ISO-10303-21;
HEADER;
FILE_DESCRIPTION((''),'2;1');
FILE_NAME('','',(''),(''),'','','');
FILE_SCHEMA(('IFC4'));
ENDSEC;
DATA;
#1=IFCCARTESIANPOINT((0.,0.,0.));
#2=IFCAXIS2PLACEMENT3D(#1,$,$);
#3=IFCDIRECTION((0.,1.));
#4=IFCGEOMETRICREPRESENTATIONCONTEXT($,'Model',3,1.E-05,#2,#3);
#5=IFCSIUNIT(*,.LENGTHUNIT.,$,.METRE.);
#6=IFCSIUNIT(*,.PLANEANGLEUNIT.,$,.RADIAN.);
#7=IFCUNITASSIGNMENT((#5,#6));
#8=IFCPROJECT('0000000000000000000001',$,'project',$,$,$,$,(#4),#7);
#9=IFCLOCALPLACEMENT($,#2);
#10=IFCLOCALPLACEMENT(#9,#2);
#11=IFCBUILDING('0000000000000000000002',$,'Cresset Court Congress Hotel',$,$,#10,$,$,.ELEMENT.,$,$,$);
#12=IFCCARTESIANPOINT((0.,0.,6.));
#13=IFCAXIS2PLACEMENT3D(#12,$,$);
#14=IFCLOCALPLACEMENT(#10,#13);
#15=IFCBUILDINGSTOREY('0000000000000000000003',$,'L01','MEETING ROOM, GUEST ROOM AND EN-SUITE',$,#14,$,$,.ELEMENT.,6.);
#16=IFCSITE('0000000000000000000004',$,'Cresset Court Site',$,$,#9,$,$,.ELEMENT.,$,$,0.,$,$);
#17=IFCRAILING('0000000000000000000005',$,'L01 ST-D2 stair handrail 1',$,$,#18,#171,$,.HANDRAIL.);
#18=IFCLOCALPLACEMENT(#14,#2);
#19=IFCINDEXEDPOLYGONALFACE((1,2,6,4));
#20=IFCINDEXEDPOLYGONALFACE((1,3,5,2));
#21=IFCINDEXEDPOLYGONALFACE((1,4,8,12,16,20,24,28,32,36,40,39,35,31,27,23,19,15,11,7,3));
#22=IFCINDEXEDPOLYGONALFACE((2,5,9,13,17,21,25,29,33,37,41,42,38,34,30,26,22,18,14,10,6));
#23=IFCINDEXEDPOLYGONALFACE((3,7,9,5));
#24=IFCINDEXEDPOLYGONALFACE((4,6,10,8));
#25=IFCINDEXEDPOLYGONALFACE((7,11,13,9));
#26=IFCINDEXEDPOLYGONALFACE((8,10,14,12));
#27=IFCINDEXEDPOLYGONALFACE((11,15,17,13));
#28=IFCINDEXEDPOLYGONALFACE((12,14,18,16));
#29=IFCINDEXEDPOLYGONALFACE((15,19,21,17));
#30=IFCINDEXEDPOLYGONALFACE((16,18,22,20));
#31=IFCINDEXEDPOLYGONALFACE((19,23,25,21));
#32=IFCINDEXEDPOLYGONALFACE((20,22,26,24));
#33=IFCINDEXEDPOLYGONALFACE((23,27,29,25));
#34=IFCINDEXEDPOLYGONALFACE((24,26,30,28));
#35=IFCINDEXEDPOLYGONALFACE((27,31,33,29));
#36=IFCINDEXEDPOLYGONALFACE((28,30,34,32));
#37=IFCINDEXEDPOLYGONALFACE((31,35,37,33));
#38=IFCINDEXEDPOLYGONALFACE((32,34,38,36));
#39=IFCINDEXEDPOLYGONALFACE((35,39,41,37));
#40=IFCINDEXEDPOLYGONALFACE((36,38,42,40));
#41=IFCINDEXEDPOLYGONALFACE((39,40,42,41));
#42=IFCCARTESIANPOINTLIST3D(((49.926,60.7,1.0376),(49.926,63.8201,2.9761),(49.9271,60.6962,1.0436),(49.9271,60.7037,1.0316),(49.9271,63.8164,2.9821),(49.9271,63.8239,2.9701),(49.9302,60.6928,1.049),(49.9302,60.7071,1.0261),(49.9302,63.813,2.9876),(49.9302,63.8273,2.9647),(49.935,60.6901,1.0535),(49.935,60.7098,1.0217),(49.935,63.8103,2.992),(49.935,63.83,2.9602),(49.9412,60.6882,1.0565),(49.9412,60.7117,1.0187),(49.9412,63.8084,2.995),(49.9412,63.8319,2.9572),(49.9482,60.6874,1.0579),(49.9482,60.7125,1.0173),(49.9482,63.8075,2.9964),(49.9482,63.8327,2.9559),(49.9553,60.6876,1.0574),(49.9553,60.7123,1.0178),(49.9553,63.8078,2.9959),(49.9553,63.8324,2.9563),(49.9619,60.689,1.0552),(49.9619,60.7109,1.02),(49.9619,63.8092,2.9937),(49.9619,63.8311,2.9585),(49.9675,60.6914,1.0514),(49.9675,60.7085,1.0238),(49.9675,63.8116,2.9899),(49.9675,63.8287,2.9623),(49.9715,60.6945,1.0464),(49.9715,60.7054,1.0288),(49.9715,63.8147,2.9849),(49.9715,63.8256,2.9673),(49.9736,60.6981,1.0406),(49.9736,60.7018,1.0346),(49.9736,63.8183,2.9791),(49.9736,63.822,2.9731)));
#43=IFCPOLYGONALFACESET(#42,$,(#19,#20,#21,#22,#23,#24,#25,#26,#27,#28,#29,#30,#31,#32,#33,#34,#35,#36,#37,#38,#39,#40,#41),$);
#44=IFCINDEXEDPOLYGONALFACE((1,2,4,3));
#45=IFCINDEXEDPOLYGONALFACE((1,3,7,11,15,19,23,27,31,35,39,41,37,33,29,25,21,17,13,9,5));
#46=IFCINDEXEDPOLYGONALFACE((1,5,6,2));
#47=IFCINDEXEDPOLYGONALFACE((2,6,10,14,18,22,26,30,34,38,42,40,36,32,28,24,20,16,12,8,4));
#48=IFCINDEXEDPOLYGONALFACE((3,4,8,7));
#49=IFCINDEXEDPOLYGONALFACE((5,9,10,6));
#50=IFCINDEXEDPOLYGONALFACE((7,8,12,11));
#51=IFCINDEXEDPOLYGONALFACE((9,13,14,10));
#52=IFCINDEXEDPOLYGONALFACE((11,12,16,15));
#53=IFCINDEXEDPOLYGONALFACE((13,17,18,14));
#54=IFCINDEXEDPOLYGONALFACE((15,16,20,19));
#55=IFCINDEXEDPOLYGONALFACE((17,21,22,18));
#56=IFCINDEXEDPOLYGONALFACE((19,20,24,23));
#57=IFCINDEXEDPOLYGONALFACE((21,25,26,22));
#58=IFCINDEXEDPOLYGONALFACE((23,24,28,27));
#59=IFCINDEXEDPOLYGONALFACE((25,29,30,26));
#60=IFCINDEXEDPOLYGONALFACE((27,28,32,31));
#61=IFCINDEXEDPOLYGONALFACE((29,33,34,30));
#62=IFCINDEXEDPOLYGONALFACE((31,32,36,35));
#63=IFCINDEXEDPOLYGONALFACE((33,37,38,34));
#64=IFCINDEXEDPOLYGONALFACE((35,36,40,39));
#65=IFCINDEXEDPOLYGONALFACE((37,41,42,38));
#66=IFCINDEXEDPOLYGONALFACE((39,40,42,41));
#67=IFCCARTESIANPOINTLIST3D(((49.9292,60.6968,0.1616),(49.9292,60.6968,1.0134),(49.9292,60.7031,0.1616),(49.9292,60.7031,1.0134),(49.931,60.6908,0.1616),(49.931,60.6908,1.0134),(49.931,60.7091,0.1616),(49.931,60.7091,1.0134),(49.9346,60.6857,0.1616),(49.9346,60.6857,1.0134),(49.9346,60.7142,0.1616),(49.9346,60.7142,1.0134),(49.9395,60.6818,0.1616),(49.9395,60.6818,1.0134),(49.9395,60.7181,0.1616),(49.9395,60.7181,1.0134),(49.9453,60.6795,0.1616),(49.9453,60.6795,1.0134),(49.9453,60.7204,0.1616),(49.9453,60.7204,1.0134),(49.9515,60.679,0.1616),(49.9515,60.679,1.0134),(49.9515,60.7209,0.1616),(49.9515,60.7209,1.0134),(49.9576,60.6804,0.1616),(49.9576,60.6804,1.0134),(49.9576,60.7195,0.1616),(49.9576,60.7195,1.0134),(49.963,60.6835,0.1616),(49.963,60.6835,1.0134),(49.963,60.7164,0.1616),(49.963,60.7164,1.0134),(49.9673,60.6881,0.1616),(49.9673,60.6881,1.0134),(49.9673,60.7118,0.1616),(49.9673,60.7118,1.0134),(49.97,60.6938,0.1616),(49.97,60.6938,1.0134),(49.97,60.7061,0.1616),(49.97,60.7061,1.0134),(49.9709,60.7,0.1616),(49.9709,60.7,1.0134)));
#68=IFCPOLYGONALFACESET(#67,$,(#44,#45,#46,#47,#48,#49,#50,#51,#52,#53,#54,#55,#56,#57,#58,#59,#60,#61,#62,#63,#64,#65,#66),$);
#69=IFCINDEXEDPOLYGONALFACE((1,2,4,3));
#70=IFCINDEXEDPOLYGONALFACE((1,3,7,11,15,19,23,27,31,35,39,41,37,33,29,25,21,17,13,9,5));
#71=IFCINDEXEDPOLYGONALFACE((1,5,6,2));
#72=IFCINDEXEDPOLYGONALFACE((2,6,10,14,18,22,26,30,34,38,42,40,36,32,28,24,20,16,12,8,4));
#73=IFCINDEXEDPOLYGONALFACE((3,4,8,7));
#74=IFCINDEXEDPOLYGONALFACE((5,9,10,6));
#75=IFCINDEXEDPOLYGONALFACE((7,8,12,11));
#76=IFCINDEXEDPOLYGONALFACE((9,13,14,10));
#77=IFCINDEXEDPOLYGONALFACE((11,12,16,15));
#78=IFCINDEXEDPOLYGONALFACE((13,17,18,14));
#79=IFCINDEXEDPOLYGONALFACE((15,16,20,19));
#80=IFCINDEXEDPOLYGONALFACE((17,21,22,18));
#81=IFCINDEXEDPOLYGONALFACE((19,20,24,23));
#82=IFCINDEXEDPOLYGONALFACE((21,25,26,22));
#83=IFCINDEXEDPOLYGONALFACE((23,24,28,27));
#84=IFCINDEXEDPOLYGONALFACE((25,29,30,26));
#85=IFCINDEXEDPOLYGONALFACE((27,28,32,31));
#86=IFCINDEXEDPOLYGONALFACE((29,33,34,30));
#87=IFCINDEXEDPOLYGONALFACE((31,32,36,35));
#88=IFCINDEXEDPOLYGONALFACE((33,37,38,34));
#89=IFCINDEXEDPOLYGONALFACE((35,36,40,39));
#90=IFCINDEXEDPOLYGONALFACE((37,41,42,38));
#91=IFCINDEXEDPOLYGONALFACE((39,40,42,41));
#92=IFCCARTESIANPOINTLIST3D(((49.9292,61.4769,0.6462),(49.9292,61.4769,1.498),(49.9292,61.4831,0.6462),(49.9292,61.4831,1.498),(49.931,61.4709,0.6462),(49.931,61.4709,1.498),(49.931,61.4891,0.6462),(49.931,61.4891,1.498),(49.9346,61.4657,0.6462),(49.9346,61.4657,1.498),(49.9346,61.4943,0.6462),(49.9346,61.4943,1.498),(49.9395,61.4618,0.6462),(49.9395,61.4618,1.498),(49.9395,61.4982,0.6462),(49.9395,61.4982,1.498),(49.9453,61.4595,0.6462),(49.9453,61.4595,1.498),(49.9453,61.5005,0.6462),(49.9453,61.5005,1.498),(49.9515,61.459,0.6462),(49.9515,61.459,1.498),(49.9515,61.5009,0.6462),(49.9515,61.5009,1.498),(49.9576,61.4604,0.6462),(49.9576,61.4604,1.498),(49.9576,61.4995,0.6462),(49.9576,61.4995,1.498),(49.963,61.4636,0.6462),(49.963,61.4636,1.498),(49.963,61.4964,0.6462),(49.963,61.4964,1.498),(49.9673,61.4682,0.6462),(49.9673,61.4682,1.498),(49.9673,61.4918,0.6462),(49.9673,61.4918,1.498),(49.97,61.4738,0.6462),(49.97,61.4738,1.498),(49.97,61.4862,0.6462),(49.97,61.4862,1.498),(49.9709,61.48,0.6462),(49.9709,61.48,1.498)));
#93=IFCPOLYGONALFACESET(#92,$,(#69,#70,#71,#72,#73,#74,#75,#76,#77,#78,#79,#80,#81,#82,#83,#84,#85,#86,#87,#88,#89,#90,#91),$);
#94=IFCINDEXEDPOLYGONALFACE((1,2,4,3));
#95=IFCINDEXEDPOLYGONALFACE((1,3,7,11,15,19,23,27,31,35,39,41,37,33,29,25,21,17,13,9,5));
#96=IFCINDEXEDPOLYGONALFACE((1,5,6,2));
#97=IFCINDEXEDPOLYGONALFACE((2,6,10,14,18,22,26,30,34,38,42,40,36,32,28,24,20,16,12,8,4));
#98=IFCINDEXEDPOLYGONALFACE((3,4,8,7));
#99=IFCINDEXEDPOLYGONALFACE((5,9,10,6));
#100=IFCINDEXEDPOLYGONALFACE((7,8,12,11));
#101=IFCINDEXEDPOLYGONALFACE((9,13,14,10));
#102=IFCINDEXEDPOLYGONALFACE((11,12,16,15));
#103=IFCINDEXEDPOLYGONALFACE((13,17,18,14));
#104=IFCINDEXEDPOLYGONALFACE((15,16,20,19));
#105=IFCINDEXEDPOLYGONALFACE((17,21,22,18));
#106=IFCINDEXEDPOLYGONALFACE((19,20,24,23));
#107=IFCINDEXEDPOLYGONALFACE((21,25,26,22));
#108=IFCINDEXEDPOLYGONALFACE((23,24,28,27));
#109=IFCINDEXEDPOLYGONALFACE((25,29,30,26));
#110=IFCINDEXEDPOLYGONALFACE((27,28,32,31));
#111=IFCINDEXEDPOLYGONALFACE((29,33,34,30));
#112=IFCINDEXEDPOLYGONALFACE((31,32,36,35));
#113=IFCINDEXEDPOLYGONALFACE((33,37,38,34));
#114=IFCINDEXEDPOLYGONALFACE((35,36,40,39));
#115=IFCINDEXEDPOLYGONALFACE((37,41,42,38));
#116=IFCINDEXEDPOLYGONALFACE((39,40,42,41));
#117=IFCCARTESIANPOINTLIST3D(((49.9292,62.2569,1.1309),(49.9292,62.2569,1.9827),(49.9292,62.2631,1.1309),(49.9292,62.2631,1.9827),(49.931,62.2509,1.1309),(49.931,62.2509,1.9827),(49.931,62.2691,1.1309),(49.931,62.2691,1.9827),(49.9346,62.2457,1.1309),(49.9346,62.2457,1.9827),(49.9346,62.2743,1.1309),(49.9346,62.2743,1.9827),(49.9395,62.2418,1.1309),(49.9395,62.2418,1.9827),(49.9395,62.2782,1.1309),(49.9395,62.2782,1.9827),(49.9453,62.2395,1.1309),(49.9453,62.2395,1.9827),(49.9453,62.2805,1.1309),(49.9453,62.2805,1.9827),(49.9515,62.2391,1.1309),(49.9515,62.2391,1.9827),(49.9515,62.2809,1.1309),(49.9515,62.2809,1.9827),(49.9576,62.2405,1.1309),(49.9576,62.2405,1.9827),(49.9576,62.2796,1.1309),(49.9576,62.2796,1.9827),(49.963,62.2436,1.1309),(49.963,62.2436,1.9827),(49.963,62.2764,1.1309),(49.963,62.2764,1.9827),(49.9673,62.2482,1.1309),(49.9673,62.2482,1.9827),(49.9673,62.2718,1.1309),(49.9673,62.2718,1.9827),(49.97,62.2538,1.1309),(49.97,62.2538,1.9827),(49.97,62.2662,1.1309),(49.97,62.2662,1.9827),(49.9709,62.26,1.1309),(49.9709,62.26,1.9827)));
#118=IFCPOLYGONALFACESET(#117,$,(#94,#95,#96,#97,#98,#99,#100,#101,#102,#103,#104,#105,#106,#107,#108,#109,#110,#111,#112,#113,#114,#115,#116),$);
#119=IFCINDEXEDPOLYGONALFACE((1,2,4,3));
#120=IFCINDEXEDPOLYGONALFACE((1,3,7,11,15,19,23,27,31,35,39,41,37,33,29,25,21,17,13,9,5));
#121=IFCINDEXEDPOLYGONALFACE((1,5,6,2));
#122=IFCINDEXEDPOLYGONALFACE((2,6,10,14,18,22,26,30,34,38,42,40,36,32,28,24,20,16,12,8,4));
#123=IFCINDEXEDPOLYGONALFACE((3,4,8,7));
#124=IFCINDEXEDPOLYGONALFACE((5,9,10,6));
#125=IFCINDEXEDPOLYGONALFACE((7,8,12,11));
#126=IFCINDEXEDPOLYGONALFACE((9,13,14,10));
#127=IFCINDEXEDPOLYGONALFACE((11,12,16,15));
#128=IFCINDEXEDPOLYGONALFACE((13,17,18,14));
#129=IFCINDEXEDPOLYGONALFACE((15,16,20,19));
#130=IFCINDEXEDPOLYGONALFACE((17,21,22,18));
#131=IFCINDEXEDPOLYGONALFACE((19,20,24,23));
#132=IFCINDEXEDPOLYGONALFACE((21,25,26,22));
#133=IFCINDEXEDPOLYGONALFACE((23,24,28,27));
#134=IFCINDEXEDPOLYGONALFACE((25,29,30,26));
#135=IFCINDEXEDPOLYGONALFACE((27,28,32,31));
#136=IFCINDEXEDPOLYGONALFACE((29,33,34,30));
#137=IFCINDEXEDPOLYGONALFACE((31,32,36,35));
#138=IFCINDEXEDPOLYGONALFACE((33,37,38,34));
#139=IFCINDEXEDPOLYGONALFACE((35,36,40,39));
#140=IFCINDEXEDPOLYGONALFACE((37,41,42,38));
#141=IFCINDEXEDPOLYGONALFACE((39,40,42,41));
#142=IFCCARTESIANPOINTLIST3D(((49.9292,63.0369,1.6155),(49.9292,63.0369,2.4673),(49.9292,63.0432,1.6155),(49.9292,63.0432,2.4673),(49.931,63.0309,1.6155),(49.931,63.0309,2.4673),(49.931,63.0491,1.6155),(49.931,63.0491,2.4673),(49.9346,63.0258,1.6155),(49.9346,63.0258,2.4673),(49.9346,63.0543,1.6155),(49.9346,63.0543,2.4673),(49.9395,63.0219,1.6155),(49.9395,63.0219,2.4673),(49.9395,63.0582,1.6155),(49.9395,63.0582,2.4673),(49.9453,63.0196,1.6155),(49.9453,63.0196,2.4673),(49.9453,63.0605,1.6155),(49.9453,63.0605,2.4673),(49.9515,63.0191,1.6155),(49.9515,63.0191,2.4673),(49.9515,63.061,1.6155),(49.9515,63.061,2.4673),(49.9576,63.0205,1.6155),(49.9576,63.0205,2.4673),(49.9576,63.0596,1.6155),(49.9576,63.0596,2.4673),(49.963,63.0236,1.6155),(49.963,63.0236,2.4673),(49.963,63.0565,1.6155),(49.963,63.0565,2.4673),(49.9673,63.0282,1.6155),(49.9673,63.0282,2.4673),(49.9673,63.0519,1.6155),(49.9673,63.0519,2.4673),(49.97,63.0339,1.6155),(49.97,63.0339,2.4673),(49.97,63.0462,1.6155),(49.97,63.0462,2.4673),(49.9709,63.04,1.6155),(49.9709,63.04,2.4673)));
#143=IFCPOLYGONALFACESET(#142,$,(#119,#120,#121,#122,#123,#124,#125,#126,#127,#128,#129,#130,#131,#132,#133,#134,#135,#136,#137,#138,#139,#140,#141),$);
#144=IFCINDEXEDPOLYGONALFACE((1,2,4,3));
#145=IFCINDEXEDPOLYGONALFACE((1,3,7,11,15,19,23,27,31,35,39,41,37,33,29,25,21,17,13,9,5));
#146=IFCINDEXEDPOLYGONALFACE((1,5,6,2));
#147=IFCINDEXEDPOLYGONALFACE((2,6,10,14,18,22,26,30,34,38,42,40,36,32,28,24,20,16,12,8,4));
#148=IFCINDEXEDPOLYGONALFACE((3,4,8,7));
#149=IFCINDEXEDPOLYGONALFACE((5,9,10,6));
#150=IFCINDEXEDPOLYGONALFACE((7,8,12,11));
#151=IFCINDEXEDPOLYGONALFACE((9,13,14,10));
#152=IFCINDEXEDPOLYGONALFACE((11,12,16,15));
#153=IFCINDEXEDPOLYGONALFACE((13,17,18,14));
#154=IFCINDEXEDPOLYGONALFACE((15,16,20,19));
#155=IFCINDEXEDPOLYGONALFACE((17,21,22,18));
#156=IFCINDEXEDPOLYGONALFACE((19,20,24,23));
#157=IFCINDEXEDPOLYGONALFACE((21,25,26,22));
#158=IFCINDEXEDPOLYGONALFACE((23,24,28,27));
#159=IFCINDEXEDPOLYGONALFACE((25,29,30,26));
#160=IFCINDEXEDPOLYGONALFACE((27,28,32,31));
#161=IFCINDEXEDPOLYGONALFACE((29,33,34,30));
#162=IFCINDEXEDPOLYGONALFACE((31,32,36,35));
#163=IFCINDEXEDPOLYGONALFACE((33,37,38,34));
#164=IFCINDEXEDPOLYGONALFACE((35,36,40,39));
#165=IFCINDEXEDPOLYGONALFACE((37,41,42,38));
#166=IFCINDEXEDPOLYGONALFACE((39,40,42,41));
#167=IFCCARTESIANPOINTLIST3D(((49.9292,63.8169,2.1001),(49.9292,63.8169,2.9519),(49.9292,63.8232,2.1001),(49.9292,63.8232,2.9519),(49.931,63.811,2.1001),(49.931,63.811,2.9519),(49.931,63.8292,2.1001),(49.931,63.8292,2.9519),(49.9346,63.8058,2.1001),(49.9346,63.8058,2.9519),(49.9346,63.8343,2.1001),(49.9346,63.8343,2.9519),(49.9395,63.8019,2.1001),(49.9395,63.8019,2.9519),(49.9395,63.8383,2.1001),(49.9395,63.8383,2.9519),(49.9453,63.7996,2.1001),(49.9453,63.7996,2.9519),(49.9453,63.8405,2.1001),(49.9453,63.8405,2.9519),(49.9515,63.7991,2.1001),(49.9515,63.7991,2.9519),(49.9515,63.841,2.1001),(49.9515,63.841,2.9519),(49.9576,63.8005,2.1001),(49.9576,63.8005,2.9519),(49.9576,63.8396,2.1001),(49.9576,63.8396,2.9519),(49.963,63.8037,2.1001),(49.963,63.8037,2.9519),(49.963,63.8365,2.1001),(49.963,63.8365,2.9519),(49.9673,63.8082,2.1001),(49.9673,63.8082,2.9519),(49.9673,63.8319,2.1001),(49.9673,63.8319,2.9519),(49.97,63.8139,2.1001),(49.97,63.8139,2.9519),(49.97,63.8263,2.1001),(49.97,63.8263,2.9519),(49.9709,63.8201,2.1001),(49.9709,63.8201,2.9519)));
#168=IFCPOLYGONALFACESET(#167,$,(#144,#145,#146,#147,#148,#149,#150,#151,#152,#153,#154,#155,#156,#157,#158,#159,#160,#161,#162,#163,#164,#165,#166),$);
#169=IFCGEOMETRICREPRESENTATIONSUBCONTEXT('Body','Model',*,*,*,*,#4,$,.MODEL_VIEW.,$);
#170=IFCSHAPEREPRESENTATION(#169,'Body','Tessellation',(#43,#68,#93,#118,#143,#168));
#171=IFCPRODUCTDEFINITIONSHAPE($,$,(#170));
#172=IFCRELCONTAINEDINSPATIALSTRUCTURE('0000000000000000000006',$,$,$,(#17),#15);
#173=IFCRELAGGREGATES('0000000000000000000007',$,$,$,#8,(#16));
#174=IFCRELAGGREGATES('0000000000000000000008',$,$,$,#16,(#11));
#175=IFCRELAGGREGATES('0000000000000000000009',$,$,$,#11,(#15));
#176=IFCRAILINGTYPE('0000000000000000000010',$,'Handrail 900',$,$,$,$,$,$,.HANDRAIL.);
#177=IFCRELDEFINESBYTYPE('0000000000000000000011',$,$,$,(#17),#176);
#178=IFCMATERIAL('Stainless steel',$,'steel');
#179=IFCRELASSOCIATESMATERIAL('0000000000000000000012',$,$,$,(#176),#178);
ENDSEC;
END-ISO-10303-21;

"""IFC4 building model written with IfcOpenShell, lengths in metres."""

from ifc_helpers import new_model, si_unit, direction, frame, origin, origin_2d, place, context, subcontext, project, spatial, circle, extrude, material, type_object, element, save


model = new_model("IFC4")

# Units and contexts
model_context = context("Model", 3, precision=1e-05, world=origin(), true_north=direction((0.0, 1.0)))
body_context = subcontext(model_context, "Body", "Model", "MODEL_VIEW")
ifc_project = project(units=[si_unit("LENGTHUNIT", "METRE"), si_unit("PLANEANGLEUNIT", "RADIAN")], contexts=[model_context])

# Site, building, storey
site_placement = place(None, origin())
site = spatial("IfcSite", under=ifc_project, at=site_placement, Name="Cresset Court Site", CompositionType="ELEMENT", RefElevation=0.0)
building_placement = place(site_placement, origin())
building = spatial("IfcBuilding", under=site, at=building_placement, Name="Cresset Court Congress Hotel", CompositionType="ELEMENT")
storey_placement = place(building_placement, frame((0.0, 0.0, 6.0)))
storey = spatial("IfcBuildingStorey", under=building, at=storey_placement, Name="L01", Description="MEETING ROOM, GUEST ROOM AND EN-SUITE", CompositionType="ELEMENT", Elevation=6.0)

# Railing
ifc_material_1 = material(Name="Stainless steel", Category="steel")
railing_type_1 = type_object("IfcRailingType", Name="Handrail 900", PredefinedType="HANDRAIL", material=ifc_material_1)
railing_1_placement = place(storey_placement, frame((49.95, 60.7, 0.1616)))
element("IfcRailing", 1, at=railing_1_placement, inside=storey, type_object=railing_type_1, Name="L01 ST-D2 stair handrail 1", PredefinedType="HANDRAIL", context=body_context, shape_type="SweptSolid", body=[
    extrude(circle(Radius=0.0239, at=origin_2d()), frame((0.0, 0.0, 0.876), z_axis=(0.0, 0.849414, 0.527727), x_axis=(-1.0, 0.0, 0.0)), (0.0, 0.0, 1.0), 3.6733),
    extrude(circle(Radius=0.021, at=origin_2d()), origin(), (0.0, 0.0, 1.0), 0.8518),
    extrude(circle(Radius=0.021, at=origin_2d()), frame((0.0, 0.78, 0.4846)), (0.0, 0.0, 1.0), 0.8518),
    extrude(circle(Radius=0.021, at=origin_2d()), frame((0.0, 1.5601, 0.9692)), (0.0, 0.0, 1.0), 0.8518),
    extrude(circle(Radius=0.021, at=origin_2d()), frame((0.0, 2.3401, 1.4539)), (0.0, 0.0, 1.0), 0.8518),
    extrude(circle(Radius=0.021, at=origin_2d()), frame((0.0, 3.1201, 1.9385)), (0.0, 0.0, 1.0), 0.8518),
])

save(model, "model.ifc")
